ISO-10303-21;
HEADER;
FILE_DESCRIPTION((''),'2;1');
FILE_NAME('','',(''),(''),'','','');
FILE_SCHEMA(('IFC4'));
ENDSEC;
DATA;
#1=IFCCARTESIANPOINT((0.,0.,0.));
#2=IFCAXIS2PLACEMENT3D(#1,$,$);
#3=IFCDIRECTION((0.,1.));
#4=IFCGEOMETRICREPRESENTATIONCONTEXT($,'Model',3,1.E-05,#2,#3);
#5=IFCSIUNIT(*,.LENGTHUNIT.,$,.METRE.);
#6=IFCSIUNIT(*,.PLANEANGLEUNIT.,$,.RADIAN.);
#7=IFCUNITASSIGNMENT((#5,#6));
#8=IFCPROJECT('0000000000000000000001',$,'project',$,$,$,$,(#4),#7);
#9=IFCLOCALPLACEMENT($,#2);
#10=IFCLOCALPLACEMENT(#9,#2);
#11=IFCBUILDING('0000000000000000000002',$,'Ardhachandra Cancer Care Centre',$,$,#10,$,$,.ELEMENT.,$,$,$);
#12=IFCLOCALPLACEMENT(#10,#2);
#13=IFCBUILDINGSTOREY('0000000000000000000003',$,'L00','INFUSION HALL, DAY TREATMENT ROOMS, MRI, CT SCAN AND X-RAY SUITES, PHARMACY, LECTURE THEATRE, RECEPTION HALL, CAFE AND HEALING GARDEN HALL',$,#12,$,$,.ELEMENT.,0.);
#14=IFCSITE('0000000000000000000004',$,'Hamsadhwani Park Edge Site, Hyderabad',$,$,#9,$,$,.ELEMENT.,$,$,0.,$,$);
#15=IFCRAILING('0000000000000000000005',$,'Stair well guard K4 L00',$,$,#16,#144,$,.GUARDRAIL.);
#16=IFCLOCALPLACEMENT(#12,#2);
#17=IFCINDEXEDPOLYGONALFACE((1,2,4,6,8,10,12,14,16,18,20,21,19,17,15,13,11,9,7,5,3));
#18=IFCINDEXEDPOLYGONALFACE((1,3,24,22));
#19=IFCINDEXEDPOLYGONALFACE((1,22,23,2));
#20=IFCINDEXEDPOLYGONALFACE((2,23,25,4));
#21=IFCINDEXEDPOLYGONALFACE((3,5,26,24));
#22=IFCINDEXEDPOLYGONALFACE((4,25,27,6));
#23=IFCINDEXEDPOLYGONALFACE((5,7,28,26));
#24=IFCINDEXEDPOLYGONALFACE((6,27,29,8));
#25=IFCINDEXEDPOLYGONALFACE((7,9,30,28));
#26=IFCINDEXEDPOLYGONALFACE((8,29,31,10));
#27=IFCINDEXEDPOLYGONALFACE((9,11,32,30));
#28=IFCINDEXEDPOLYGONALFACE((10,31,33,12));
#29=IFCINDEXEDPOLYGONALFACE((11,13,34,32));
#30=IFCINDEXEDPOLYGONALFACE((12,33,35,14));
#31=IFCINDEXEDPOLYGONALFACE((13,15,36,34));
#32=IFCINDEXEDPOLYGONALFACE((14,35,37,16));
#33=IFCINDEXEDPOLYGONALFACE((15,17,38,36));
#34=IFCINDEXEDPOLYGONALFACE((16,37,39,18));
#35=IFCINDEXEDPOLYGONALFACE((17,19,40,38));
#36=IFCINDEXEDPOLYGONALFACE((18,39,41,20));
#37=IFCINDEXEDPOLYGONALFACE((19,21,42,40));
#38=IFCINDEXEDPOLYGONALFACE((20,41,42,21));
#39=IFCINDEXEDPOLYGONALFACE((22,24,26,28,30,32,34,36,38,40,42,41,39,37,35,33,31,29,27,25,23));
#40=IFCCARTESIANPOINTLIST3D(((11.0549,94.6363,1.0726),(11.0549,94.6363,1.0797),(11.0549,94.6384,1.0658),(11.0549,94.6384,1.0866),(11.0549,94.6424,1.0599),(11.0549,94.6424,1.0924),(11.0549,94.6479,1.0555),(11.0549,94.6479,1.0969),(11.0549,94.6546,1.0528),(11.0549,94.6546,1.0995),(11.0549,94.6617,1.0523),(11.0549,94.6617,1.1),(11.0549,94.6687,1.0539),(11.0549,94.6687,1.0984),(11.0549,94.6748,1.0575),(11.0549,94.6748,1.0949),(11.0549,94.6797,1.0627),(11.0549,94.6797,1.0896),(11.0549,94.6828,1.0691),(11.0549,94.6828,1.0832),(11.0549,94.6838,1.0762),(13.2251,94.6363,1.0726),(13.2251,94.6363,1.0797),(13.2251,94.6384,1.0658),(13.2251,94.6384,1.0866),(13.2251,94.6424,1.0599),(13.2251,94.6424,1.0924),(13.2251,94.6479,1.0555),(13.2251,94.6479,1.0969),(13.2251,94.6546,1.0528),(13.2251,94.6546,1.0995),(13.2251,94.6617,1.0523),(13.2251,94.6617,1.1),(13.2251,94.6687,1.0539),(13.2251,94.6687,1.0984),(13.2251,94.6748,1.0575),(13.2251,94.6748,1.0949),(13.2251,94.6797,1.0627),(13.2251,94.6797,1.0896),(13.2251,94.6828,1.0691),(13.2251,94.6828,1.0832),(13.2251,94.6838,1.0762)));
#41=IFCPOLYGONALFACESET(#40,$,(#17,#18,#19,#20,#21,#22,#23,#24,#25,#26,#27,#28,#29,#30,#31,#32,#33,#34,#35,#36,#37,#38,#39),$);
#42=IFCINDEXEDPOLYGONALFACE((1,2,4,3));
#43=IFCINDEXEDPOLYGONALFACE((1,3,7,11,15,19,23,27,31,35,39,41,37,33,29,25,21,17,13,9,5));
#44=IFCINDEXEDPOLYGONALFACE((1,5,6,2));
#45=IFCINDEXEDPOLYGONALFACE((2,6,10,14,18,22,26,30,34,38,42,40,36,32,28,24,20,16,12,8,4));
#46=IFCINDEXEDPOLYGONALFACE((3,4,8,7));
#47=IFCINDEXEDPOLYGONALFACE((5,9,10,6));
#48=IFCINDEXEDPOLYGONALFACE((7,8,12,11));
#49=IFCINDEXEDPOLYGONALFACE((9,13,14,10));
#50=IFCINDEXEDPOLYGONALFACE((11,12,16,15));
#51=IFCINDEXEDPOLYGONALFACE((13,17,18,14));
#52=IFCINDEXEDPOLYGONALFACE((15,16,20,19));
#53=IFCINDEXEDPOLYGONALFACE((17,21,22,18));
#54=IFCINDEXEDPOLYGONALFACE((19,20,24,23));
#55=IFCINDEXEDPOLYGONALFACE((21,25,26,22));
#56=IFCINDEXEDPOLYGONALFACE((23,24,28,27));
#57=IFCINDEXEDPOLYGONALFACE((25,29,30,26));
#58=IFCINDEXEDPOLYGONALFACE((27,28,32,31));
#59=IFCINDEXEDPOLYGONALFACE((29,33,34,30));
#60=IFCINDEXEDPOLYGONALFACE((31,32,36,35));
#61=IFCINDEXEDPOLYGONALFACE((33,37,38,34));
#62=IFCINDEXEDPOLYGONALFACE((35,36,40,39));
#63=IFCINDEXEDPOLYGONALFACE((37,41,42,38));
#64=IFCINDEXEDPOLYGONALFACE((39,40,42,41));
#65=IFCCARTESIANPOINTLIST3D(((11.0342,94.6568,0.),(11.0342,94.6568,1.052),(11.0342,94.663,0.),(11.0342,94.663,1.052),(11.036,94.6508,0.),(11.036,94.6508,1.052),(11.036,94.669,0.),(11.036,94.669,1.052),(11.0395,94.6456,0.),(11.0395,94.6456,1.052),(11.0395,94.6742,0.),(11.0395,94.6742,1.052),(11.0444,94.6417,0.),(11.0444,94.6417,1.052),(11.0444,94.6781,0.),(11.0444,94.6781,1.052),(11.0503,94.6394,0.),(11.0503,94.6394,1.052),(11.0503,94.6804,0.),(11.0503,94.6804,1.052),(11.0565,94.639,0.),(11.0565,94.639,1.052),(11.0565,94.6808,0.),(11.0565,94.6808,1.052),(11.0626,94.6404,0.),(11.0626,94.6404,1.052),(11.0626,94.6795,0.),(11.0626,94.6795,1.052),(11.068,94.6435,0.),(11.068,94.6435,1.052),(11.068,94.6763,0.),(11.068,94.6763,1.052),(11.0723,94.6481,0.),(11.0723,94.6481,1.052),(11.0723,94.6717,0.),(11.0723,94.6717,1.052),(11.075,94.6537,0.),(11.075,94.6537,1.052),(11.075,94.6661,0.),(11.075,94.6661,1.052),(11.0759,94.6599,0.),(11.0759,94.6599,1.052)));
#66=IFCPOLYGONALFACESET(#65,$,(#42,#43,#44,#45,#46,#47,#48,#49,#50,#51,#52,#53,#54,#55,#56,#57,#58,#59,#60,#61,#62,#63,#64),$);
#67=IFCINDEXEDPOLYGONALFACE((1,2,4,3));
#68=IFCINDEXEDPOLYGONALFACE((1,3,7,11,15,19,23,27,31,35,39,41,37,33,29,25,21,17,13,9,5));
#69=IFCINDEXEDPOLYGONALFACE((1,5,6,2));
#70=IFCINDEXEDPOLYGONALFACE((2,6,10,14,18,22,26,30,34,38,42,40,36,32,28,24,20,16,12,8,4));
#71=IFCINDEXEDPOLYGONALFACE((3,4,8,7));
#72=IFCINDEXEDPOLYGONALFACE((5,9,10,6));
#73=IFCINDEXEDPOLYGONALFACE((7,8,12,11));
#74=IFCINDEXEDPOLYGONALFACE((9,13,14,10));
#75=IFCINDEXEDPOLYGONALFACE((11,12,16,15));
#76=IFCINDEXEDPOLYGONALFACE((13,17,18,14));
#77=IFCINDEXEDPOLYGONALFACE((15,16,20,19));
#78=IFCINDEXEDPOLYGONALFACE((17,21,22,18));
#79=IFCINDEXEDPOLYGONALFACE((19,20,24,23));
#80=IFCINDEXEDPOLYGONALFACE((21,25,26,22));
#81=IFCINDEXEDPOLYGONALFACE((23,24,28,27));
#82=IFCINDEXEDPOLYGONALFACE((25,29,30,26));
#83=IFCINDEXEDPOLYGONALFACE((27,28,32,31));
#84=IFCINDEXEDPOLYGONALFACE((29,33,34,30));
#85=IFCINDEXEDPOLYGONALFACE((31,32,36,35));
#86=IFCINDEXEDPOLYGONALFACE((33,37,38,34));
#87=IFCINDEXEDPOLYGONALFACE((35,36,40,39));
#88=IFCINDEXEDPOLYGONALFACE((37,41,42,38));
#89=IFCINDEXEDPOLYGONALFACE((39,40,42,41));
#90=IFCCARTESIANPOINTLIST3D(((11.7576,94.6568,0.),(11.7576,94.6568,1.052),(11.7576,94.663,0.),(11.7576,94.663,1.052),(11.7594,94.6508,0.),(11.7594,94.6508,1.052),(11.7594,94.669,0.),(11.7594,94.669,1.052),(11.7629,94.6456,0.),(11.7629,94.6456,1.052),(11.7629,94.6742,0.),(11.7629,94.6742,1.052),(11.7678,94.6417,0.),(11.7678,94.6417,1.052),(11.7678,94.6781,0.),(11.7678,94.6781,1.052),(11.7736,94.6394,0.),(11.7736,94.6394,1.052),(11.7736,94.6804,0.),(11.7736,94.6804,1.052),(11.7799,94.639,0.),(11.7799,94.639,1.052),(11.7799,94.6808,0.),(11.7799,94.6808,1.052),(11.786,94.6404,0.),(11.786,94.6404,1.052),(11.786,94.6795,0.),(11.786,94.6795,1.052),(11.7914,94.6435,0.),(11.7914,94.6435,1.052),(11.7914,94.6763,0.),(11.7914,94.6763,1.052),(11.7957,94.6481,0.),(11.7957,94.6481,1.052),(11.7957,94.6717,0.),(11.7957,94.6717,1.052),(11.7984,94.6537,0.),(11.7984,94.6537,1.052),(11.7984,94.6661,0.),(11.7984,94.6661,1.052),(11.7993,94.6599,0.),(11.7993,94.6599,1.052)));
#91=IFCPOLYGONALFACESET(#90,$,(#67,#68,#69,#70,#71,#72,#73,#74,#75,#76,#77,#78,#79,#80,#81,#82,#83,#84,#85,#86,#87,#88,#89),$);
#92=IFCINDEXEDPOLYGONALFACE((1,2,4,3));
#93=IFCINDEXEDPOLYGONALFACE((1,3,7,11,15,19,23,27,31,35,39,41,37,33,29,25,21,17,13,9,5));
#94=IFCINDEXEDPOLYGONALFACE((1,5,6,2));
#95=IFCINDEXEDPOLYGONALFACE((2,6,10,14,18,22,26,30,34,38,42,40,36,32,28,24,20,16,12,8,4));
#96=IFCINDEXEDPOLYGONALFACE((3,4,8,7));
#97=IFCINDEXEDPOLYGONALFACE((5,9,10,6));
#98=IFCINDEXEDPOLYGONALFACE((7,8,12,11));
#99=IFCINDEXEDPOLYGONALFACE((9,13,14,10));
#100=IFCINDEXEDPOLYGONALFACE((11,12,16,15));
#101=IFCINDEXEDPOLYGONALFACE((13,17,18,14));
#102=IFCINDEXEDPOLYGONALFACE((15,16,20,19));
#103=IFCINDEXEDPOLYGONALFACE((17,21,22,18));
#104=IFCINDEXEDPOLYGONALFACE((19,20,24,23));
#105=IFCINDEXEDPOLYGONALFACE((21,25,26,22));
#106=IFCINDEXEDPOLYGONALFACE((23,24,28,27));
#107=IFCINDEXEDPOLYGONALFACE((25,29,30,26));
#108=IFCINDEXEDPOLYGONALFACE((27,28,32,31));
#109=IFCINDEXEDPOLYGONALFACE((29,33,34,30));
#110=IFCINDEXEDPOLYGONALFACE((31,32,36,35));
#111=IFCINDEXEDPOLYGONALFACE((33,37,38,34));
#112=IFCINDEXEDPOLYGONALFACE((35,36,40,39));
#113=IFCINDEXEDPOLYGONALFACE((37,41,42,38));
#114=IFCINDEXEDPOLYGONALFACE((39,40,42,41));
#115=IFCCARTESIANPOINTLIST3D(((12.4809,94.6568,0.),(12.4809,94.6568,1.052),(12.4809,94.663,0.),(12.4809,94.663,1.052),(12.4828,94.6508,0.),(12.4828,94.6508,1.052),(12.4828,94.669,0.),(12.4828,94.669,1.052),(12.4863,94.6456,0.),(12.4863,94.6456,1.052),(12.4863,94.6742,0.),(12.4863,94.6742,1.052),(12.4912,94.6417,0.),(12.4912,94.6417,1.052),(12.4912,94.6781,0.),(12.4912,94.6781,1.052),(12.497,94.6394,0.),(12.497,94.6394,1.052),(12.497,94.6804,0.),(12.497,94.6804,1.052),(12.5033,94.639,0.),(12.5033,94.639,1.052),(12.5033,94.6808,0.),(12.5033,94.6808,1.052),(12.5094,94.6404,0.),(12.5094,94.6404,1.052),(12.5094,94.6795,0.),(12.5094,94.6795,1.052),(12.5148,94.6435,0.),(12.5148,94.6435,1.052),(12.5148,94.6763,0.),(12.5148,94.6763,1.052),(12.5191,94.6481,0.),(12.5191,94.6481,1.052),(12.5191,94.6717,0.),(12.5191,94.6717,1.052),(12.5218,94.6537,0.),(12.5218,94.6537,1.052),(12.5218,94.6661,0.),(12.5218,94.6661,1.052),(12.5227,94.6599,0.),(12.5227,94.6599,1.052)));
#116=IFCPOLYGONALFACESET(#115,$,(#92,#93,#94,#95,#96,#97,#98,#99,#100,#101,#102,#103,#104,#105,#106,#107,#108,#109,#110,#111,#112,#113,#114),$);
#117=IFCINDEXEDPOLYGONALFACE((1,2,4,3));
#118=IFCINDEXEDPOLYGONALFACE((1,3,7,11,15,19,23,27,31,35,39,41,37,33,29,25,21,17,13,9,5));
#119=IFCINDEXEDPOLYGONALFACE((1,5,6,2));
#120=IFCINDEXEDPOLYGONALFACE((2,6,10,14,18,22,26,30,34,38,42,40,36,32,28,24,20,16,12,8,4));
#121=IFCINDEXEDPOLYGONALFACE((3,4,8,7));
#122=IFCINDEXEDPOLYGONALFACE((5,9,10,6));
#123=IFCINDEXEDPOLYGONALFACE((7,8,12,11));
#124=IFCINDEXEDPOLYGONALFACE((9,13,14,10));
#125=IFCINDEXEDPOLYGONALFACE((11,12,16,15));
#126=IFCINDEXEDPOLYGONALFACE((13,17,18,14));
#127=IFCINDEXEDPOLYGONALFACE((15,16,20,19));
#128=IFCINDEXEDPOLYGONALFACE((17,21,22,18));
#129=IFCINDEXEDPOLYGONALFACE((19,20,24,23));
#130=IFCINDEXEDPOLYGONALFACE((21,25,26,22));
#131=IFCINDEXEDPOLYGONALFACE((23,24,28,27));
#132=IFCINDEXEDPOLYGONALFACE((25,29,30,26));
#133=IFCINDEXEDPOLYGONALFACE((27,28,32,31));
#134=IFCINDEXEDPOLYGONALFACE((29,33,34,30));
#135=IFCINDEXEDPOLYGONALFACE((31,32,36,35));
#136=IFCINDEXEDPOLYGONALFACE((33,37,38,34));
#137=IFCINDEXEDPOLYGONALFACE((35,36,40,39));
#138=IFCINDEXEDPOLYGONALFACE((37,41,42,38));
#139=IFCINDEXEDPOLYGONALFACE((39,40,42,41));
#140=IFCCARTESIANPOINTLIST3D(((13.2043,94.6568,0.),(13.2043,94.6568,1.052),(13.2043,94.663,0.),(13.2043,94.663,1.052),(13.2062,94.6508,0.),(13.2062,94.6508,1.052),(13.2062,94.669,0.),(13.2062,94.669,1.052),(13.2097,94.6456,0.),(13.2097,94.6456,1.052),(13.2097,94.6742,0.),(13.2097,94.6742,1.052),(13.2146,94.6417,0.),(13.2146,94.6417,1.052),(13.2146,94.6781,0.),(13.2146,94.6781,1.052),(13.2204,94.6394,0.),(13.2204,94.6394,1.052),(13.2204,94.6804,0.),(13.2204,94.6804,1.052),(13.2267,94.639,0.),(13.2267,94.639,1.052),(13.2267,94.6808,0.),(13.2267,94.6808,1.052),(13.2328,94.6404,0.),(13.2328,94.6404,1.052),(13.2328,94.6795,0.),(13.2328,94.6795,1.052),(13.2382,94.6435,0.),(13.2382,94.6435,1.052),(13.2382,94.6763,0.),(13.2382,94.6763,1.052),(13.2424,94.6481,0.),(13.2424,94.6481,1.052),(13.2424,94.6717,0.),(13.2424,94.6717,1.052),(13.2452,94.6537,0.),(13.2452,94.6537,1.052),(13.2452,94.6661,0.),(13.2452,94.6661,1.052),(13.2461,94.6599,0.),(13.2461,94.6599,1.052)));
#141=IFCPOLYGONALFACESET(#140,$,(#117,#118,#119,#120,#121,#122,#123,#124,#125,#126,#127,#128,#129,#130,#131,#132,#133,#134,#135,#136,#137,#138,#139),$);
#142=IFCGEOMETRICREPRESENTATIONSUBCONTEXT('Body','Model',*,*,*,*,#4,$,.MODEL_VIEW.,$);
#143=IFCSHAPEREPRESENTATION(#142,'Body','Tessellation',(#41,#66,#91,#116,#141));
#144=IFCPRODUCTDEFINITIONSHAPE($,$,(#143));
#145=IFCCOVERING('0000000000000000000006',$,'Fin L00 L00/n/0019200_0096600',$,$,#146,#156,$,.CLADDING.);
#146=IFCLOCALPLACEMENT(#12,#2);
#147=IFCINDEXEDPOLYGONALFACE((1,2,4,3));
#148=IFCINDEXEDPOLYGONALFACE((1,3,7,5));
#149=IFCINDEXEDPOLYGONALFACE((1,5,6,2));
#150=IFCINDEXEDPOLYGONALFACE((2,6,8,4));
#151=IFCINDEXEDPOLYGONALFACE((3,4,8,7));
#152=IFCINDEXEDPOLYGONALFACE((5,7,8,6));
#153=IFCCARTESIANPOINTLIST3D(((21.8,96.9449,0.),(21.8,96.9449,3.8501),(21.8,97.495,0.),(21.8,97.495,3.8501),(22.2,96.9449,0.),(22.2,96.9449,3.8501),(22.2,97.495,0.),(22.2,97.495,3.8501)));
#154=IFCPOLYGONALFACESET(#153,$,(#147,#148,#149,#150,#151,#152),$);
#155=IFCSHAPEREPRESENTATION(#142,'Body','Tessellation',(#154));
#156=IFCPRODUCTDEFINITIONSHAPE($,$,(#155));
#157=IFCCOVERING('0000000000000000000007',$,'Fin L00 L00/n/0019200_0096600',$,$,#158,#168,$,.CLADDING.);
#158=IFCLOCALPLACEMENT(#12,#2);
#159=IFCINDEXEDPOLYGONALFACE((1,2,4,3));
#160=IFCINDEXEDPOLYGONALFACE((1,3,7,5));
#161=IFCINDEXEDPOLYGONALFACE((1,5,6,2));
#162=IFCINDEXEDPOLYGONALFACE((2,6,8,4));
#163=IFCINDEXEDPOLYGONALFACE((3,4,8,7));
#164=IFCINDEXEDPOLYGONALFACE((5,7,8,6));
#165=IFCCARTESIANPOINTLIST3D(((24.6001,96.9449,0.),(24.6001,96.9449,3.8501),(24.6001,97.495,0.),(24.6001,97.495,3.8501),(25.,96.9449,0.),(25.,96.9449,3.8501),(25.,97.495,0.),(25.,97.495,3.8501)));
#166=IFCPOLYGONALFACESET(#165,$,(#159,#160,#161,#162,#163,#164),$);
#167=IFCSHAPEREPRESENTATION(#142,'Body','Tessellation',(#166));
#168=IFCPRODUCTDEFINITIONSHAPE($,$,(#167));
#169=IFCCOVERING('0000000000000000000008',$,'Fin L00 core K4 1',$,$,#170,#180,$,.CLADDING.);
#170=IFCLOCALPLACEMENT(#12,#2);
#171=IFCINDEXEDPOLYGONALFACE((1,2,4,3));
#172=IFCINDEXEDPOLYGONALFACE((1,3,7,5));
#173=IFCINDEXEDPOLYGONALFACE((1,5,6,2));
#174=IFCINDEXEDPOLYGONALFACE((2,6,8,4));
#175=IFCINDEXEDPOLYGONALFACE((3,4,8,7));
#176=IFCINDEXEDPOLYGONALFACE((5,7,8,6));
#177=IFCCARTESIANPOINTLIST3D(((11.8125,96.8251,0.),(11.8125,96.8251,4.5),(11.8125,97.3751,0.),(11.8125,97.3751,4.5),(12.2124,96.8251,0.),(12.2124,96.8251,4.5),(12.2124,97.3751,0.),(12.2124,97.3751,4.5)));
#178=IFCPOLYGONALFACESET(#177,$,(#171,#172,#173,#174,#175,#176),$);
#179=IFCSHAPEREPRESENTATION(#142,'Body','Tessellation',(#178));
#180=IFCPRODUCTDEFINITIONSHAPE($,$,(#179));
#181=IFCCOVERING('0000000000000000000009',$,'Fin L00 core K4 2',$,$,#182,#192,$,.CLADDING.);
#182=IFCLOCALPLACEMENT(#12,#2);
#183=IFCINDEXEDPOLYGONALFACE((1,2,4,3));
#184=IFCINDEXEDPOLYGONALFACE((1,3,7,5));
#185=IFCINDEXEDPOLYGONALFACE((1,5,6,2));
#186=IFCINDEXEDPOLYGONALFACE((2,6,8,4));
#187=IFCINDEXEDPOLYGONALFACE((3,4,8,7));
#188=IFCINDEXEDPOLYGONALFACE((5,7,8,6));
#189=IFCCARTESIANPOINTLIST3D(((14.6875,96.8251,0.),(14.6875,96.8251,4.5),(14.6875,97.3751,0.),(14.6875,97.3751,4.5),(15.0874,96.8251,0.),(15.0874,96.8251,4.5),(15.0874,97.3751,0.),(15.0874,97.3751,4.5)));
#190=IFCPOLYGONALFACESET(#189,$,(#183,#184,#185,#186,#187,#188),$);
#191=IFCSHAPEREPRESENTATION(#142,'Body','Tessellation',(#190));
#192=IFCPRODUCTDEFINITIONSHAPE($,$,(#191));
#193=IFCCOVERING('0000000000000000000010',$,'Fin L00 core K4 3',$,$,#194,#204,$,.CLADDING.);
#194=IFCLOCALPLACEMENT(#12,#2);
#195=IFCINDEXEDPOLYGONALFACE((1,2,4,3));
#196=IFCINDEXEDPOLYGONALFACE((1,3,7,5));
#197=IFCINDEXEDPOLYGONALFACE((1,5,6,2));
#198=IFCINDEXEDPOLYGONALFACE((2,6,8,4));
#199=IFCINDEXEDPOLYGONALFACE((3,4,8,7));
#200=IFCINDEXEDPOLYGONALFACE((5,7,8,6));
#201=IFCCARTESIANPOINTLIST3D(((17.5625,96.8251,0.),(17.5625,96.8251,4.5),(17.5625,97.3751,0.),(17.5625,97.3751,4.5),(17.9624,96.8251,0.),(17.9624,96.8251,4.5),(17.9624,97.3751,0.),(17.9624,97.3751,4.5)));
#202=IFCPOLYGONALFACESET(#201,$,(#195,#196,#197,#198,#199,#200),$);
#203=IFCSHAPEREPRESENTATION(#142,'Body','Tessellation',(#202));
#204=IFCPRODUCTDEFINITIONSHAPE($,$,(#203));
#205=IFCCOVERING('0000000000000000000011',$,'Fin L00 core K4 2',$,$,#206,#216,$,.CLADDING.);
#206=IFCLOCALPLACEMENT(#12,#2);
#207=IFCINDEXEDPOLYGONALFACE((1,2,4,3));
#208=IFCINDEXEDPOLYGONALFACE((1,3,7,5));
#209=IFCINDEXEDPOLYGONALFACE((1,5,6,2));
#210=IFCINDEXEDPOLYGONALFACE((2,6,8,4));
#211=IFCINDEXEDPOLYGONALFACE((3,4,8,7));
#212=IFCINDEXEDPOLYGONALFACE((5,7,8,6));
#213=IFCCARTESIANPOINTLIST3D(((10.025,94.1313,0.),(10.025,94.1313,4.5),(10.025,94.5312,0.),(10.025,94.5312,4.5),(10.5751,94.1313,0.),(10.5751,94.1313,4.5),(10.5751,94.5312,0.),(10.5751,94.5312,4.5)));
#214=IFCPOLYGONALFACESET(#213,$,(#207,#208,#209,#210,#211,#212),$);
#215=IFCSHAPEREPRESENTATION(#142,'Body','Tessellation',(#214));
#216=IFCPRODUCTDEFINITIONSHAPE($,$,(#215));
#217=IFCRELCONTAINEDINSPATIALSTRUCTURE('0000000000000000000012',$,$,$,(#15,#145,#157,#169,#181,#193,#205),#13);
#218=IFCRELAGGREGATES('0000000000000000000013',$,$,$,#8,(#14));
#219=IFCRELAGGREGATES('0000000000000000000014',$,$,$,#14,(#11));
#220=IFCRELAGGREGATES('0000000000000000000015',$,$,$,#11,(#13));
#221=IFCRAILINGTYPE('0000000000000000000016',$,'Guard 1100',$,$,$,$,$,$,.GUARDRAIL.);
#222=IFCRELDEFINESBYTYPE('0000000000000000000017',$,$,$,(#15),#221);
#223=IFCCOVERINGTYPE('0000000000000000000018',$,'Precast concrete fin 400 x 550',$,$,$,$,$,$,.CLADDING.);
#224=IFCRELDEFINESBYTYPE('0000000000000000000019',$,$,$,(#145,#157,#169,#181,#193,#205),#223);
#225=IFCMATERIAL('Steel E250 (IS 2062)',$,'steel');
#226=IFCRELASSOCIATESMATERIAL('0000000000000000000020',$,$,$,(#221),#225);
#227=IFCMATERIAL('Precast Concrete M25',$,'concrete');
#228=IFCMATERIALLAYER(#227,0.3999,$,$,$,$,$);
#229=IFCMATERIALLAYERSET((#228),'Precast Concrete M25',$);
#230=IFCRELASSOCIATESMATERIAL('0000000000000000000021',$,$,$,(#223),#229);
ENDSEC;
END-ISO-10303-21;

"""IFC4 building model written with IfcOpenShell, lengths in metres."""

from ifc_helpers import new_model, si_unit, direction, frame, origin, origin_2d, place, context, subcontext, project, spatial, rectangle, circle, extrude, material, layer, layer_set, type_object, element, save


model = new_model("IFC4")

# Units and contexts
model_context = context("Model", 3, precision=1e-05, world=origin(), true_north=direction((0.0, 1.0)))
body_context = subcontext(model_context, "Body", "Model", "MODEL_VIEW")
ifc_project = project(units=[si_unit("LENGTHUNIT", "METRE"), si_unit("PLANEANGLEUNIT", "RADIAN")], contexts=[model_context])

# Site, building, storey
site_placement = place(None, origin())
site = spatial("IfcSite", under=ifc_project, at=site_placement, Name="Hamsadhwani Park Edge Site, Hyderabad", CompositionType="ELEMENT", RefElevation=0.0)
building_placement = place(site_placement, origin())
building = spatial("IfcBuilding", under=site, at=building_placement, Name="Ardhachandra Cancer Care Centre", CompositionType="ELEMENT")
storey_placement = place(building_placement, origin())
storey = spatial("IfcBuildingStorey", under=building, at=storey_placement, Name="L00", Description="INFUSION HALL, DAY TREATMENT ROOMS, MRI, CT SCAN AND X-RAY SUITES, PHARMACY, LECTURE THEATRE, RECEPTION HALL, CAFE AND HEALING GARDEN HALL", CompositionType="ELEMENT", Elevation=0.0)

# Railing
ifc_material_1 = material(Name="Steel E250 (IS 2062)", Category="steel")
railing_type_1 = type_object("IfcRailingType", Name="Guard 1100", PredefinedType="GUARDRAIL", material=ifc_material_1)
railing_placement = place(storey_placement, frame((11.0549, 94.6599, 0.0)))
element("IfcRailing", 1, at=railing_placement, inside=storey, type_object=railing_type_1, Name="Stair well guard K4 L00", PredefinedType="GUARDRAIL", context=body_context, shape_type="SweptSolid", body=[
    extrude(circle(Radius=0.0239, at=origin_2d()), frame((0.0, 0.0, 1.0762), z_axis=(1.0, 0.0, 0.0), x_axis=(0.0, 1.0, 0.0)), (0.0, 0.0, 1.0), 2.1702),
    extrude(circle(Radius=0.021, at=origin_2d()), origin(), (0.0, 0.0, 1.0), 1.052),
    extrude(circle(Radius=0.021, at=origin_2d()), frame((0.7234, 0.0, 0.0)), (0.0, 0.0, 1.0), 1.052),
    extrude(circle(Radius=0.021, at=origin_2d()), frame((1.4468, 0.0, 0.0)), (0.0, 0.0, 1.0), 1.052),
    extrude(circle(Radius=0.021, at=origin_2d()), frame((2.1702, 0.0, 0.0)), (0.0, 0.0, 1.0), 1.052),
])

# Coverings
ifc_material_2 = material(Name="Precast Concrete M25", Category="concrete")
ifc_layer_1 = layer(ifc_material_2, 0.3999)
ifc_layer_set_1 = layer_set([ifc_layer_1], Name="Precast Concrete M25")
covering_type_1 = type_object("IfcCoveringType", Name="Precast concrete fin 400 x 550", PredefinedType="CLADDING", material=ifc_layer_set_1)
for number, where, z_axis, x_axis, name in (
    (2, (22.0, 97.22, 0.0), (0.0, 0.0, 1.0), (1.0, 0.0, 0.0), "Fin L00 L00/n/0019200_0096600"),
    (3, (24.8, 97.22, 0.0), (0.0, 0.0, 1.0), (1.0, 0.0, 0.0), "Fin L00 L00/n/0019200_0096600"),
):
    element("IfcCovering", number, at=place(storey_placement, frame(where, z_axis=z_axis, x_axis=x_axis)), inside=storey, type_object=covering_type_1, Name=name, PredefinedType="CLADDING", context=body_context, shape_type="SweptSolid", body=[
        extrude(rectangle(XDim=0.3999, YDim=0.55, at=origin_2d()), origin(), (0.0, 0.0, 1.0), 3.8501),
    ])
for number, where, z_axis, x_axis, name in (
    (4, (12.0125, 97.1001, 0.0), (0.0, 0.0, 1.0), (1.0, 0.0, 0.0), "Fin L00 core K4 1"),
    (5, (14.8875, 97.1001, 0.0), (0.0, 0.0, 1.0), (1.0, 0.0, 0.0), "Fin L00 core K4 2"),
    (6, (17.7625, 97.1001, 0.0), (0.0, 0.0, 1.0), (1.0, 0.0, 0.0), "Fin L00 core K4 3"),
    (7, (10.3, 94.3313, 0.0), (0.0, 0.0, 1.0), (0.0, 1.0, 0.0), "Fin L00 core K4 2"),
):
    element("IfcCovering", number, at=place(storey_placement, frame(where, z_axis=z_axis, x_axis=x_axis)), inside=storey, type_object=covering_type_1, Name=name, PredefinedType="CLADDING", context=body_context, shape_type="SweptSolid", body=[
        extrude(rectangle(XDim=0.3999, YDim=0.55, at=origin_2d()), origin(), (0.0, 0.0, 1.0), 4.5),
    ])

save(model, "model.ifc")
